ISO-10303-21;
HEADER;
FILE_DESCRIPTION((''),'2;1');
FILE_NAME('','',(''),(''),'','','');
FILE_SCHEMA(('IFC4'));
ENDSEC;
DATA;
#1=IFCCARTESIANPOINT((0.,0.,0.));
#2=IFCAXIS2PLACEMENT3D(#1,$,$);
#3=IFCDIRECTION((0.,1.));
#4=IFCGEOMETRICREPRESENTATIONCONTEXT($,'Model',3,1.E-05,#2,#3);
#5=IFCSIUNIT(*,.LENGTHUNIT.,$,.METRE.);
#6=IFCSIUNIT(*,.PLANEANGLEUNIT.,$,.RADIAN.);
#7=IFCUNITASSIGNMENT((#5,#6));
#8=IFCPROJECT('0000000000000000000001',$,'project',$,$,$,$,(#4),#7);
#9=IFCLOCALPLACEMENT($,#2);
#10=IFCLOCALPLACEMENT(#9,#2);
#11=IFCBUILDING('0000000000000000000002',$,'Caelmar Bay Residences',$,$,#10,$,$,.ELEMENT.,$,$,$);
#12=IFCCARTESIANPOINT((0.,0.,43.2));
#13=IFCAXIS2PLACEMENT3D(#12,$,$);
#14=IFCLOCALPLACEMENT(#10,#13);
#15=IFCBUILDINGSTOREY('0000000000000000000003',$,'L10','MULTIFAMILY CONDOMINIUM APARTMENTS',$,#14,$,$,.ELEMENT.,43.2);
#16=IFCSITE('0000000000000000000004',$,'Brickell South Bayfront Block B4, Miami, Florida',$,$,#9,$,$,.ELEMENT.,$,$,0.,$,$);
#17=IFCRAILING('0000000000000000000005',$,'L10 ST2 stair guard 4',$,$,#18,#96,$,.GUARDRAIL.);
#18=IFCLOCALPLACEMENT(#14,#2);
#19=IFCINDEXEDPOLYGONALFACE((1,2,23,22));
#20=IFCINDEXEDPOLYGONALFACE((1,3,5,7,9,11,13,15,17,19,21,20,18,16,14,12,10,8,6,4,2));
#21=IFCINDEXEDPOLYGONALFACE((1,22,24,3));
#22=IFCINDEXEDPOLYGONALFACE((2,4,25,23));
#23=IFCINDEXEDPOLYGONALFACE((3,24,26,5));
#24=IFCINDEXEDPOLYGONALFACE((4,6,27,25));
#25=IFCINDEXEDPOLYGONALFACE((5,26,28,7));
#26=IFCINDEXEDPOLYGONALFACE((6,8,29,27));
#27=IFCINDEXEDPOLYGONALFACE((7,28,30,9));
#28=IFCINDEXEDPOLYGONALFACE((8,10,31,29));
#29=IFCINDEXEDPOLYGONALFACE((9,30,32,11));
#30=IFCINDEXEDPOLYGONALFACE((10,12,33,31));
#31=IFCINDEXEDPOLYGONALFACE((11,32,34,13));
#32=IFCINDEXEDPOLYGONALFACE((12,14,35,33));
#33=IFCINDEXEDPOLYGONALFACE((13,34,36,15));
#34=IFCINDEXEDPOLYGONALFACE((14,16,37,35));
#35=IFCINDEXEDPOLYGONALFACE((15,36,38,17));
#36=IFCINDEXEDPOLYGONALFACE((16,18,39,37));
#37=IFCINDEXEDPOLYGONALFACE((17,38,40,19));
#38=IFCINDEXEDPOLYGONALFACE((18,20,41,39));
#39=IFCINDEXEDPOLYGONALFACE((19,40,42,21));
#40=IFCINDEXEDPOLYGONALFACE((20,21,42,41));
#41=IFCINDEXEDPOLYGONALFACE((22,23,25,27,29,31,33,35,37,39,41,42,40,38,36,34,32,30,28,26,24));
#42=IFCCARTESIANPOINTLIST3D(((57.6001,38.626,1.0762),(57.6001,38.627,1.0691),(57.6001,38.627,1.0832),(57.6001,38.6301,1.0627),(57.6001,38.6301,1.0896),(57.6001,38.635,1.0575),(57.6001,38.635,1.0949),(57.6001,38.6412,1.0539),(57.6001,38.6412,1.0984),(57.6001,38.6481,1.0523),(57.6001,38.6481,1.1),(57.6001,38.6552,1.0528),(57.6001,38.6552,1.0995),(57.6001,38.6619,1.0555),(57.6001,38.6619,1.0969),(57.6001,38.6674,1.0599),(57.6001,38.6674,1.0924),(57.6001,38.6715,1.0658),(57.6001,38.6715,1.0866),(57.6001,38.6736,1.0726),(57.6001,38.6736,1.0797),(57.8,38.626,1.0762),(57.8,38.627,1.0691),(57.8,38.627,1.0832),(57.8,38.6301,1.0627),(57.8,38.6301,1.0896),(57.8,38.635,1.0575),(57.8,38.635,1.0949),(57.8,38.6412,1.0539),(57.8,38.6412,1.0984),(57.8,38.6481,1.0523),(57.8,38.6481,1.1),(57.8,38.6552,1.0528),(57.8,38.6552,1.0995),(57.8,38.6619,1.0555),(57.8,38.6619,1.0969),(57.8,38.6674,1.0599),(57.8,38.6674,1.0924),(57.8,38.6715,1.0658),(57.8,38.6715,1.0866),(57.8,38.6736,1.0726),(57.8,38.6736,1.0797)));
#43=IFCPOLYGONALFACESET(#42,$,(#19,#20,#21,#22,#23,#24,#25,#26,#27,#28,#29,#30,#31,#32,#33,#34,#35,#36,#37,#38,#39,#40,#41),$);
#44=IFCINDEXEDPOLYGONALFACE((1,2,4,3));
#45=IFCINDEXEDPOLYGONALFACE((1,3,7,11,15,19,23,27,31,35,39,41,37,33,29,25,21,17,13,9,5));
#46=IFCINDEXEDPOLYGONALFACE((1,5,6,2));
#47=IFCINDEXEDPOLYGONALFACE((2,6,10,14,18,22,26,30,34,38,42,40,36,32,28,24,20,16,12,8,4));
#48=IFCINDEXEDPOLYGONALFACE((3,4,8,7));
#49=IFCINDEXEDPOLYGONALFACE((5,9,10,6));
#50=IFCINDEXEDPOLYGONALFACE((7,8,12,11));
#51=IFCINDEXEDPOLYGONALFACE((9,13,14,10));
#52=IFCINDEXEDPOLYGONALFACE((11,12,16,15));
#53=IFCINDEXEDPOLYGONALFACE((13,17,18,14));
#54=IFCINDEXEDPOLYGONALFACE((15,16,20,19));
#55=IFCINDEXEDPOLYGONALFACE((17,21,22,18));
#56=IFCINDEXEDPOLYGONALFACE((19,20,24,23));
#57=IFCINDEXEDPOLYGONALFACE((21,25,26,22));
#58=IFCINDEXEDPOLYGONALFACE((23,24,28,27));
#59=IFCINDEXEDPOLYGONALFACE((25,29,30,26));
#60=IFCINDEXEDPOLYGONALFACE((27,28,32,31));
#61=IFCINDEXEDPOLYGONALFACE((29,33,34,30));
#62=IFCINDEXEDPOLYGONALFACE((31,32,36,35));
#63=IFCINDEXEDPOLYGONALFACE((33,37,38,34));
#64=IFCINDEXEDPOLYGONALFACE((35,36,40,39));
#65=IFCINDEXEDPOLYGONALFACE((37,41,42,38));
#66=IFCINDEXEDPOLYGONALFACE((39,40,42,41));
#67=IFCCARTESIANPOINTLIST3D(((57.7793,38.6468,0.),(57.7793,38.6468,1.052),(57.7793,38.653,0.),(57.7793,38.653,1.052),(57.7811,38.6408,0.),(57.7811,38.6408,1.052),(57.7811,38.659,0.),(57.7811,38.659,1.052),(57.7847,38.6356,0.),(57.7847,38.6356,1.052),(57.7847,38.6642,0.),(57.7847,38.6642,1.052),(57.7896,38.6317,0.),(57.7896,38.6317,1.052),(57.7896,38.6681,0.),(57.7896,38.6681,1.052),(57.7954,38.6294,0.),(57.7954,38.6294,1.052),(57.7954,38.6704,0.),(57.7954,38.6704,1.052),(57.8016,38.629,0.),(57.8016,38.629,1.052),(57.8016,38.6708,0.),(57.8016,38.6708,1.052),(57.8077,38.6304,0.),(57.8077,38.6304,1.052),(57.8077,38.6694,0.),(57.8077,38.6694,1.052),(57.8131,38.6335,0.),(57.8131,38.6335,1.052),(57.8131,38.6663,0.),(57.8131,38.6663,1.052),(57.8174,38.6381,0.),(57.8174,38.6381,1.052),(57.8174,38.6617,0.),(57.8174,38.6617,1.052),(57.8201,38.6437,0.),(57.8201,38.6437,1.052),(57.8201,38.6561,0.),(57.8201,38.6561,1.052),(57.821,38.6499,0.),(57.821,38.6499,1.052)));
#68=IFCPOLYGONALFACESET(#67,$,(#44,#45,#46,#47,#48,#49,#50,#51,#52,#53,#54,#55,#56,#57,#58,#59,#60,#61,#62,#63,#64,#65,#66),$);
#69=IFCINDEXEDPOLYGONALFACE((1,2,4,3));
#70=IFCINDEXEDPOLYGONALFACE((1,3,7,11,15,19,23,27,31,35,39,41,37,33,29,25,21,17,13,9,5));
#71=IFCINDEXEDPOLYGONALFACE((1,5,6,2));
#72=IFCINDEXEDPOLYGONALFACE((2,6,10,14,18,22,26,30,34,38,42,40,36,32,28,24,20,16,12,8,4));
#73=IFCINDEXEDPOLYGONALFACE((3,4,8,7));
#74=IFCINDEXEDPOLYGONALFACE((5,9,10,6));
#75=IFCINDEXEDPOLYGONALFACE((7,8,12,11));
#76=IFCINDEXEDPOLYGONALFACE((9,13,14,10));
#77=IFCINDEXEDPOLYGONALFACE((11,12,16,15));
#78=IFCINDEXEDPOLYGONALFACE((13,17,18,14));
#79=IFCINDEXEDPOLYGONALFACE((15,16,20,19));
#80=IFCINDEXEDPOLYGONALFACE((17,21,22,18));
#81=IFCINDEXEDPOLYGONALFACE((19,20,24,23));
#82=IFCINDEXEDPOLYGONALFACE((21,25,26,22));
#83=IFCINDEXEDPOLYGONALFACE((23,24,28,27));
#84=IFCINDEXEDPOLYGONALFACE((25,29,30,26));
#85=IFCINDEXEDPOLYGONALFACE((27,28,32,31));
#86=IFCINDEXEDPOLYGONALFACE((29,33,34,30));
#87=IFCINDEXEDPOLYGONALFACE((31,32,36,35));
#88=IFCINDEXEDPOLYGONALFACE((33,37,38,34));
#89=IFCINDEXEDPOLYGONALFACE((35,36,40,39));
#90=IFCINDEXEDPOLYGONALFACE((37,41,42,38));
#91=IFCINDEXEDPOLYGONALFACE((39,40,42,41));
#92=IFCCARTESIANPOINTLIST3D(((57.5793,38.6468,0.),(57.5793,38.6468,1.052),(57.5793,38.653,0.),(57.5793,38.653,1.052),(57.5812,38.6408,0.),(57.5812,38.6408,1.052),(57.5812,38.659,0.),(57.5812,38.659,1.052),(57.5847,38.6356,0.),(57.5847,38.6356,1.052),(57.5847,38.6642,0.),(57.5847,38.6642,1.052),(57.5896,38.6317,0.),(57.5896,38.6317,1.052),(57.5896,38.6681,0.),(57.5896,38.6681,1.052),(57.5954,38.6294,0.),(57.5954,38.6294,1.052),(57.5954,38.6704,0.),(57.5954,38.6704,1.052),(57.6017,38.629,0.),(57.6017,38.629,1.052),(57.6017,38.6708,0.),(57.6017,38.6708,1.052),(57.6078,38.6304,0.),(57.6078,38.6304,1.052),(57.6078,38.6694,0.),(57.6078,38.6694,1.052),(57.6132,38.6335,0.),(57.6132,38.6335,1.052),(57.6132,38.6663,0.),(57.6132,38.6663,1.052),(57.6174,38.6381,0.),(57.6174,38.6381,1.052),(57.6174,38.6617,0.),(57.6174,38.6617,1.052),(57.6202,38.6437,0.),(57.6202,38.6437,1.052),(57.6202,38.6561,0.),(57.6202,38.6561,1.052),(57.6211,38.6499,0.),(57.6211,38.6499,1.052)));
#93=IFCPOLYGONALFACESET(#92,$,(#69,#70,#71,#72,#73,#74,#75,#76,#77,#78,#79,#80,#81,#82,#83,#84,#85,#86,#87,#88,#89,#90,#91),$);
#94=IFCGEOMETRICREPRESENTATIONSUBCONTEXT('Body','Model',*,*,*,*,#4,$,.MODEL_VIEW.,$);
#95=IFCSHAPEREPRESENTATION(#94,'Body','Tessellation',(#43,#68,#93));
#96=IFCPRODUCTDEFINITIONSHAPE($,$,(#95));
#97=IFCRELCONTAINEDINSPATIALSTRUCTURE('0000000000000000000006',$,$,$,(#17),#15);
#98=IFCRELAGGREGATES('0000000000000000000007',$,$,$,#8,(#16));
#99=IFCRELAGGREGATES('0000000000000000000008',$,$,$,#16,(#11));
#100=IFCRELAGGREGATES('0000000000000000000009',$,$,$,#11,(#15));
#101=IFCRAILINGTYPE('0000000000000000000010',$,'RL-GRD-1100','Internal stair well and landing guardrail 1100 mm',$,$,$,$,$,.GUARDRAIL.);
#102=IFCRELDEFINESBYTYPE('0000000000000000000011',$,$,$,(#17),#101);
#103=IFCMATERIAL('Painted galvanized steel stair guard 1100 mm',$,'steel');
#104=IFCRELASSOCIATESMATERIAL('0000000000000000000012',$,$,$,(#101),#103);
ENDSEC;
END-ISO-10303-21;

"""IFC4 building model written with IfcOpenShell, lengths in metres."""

from ifc_helpers import new_model, si_unit, direction, frame, origin, origin_2d, place, context, subcontext, project, spatial, circle, extrude, material, type_object, element, save


model = new_model("IFC4")

# Units and contexts
model_context = context("Model", 3, precision=1e-05, world=origin(), true_north=direction((0.0, 1.0)))
body_context = subcontext(model_context, "Body", "Model", "MODEL_VIEW")
ifc_project = project(units=[si_unit("LENGTHUNIT", "METRE"), si_unit("PLANEANGLEUNIT", "RADIAN")], contexts=[model_context])

# Site, building, storey
site_placement = place(None, origin())
site = spatial("IfcSite", under=ifc_project, at=site_placement, Name="Brickell South Bayfront Block B4, Miami, Florida", CompositionType="ELEMENT", RefElevation=0.0)
building_placement = place(site_placement, origin())
building = spatial("IfcBuilding", under=site, at=building_placement, Name="Caelmar Bay Residences", CompositionType="ELEMENT")
storey_placement = place(building_placement, frame((0.0, 0.0, 43.2)))
storey = spatial("IfcBuildingStorey", under=building, at=storey_placement, Name="L10", Description="MULTIFAMILY CONDOMINIUM APARTMENTS", CompositionType="ELEMENT", Elevation=43.2)

# Railing
ifc_material_1 = material(Name="Painted galvanized steel stair guard 1100 mm", Category="steel")
railing_type_1 = type_object("IfcRailingType", Name="RL-GRD-1100", Description="Internal stair well and landing guardrail 1100 mm", PredefinedType="GUARDRAIL", material=ifc_material_1)
railing_1_placement = place(storey_placement, frame((57.8, 38.6499, 0.0)))
element("IfcRailing", 1, at=railing_1_placement, inside=storey, type_object=railing_type_1, Name="L10 ST2 stair guard 4", PredefinedType="GUARDRAIL", context=body_context, shape_type="SweptSolid", body=[
    extrude(circle(Radius=0.0239, at=origin_2d()), frame((0.0, 0.0, 1.0762), z_axis=(-1.0, 0.0, 0.0), x_axis=(0.0, -1.0, 0.0)), (0.0, 0.0, 1.0), 0.2),
    extrude(circle(Radius=0.021, at=origin_2d()), origin(), (0.0, 0.0, 1.0), 1.052),
    extrude(circle(Radius=0.021, at=origin_2d()), frame((-0.2, 0.0, 0.0)), (0.0, 0.0, 1.0), 1.052),
])

save(model, "model.ifc")
